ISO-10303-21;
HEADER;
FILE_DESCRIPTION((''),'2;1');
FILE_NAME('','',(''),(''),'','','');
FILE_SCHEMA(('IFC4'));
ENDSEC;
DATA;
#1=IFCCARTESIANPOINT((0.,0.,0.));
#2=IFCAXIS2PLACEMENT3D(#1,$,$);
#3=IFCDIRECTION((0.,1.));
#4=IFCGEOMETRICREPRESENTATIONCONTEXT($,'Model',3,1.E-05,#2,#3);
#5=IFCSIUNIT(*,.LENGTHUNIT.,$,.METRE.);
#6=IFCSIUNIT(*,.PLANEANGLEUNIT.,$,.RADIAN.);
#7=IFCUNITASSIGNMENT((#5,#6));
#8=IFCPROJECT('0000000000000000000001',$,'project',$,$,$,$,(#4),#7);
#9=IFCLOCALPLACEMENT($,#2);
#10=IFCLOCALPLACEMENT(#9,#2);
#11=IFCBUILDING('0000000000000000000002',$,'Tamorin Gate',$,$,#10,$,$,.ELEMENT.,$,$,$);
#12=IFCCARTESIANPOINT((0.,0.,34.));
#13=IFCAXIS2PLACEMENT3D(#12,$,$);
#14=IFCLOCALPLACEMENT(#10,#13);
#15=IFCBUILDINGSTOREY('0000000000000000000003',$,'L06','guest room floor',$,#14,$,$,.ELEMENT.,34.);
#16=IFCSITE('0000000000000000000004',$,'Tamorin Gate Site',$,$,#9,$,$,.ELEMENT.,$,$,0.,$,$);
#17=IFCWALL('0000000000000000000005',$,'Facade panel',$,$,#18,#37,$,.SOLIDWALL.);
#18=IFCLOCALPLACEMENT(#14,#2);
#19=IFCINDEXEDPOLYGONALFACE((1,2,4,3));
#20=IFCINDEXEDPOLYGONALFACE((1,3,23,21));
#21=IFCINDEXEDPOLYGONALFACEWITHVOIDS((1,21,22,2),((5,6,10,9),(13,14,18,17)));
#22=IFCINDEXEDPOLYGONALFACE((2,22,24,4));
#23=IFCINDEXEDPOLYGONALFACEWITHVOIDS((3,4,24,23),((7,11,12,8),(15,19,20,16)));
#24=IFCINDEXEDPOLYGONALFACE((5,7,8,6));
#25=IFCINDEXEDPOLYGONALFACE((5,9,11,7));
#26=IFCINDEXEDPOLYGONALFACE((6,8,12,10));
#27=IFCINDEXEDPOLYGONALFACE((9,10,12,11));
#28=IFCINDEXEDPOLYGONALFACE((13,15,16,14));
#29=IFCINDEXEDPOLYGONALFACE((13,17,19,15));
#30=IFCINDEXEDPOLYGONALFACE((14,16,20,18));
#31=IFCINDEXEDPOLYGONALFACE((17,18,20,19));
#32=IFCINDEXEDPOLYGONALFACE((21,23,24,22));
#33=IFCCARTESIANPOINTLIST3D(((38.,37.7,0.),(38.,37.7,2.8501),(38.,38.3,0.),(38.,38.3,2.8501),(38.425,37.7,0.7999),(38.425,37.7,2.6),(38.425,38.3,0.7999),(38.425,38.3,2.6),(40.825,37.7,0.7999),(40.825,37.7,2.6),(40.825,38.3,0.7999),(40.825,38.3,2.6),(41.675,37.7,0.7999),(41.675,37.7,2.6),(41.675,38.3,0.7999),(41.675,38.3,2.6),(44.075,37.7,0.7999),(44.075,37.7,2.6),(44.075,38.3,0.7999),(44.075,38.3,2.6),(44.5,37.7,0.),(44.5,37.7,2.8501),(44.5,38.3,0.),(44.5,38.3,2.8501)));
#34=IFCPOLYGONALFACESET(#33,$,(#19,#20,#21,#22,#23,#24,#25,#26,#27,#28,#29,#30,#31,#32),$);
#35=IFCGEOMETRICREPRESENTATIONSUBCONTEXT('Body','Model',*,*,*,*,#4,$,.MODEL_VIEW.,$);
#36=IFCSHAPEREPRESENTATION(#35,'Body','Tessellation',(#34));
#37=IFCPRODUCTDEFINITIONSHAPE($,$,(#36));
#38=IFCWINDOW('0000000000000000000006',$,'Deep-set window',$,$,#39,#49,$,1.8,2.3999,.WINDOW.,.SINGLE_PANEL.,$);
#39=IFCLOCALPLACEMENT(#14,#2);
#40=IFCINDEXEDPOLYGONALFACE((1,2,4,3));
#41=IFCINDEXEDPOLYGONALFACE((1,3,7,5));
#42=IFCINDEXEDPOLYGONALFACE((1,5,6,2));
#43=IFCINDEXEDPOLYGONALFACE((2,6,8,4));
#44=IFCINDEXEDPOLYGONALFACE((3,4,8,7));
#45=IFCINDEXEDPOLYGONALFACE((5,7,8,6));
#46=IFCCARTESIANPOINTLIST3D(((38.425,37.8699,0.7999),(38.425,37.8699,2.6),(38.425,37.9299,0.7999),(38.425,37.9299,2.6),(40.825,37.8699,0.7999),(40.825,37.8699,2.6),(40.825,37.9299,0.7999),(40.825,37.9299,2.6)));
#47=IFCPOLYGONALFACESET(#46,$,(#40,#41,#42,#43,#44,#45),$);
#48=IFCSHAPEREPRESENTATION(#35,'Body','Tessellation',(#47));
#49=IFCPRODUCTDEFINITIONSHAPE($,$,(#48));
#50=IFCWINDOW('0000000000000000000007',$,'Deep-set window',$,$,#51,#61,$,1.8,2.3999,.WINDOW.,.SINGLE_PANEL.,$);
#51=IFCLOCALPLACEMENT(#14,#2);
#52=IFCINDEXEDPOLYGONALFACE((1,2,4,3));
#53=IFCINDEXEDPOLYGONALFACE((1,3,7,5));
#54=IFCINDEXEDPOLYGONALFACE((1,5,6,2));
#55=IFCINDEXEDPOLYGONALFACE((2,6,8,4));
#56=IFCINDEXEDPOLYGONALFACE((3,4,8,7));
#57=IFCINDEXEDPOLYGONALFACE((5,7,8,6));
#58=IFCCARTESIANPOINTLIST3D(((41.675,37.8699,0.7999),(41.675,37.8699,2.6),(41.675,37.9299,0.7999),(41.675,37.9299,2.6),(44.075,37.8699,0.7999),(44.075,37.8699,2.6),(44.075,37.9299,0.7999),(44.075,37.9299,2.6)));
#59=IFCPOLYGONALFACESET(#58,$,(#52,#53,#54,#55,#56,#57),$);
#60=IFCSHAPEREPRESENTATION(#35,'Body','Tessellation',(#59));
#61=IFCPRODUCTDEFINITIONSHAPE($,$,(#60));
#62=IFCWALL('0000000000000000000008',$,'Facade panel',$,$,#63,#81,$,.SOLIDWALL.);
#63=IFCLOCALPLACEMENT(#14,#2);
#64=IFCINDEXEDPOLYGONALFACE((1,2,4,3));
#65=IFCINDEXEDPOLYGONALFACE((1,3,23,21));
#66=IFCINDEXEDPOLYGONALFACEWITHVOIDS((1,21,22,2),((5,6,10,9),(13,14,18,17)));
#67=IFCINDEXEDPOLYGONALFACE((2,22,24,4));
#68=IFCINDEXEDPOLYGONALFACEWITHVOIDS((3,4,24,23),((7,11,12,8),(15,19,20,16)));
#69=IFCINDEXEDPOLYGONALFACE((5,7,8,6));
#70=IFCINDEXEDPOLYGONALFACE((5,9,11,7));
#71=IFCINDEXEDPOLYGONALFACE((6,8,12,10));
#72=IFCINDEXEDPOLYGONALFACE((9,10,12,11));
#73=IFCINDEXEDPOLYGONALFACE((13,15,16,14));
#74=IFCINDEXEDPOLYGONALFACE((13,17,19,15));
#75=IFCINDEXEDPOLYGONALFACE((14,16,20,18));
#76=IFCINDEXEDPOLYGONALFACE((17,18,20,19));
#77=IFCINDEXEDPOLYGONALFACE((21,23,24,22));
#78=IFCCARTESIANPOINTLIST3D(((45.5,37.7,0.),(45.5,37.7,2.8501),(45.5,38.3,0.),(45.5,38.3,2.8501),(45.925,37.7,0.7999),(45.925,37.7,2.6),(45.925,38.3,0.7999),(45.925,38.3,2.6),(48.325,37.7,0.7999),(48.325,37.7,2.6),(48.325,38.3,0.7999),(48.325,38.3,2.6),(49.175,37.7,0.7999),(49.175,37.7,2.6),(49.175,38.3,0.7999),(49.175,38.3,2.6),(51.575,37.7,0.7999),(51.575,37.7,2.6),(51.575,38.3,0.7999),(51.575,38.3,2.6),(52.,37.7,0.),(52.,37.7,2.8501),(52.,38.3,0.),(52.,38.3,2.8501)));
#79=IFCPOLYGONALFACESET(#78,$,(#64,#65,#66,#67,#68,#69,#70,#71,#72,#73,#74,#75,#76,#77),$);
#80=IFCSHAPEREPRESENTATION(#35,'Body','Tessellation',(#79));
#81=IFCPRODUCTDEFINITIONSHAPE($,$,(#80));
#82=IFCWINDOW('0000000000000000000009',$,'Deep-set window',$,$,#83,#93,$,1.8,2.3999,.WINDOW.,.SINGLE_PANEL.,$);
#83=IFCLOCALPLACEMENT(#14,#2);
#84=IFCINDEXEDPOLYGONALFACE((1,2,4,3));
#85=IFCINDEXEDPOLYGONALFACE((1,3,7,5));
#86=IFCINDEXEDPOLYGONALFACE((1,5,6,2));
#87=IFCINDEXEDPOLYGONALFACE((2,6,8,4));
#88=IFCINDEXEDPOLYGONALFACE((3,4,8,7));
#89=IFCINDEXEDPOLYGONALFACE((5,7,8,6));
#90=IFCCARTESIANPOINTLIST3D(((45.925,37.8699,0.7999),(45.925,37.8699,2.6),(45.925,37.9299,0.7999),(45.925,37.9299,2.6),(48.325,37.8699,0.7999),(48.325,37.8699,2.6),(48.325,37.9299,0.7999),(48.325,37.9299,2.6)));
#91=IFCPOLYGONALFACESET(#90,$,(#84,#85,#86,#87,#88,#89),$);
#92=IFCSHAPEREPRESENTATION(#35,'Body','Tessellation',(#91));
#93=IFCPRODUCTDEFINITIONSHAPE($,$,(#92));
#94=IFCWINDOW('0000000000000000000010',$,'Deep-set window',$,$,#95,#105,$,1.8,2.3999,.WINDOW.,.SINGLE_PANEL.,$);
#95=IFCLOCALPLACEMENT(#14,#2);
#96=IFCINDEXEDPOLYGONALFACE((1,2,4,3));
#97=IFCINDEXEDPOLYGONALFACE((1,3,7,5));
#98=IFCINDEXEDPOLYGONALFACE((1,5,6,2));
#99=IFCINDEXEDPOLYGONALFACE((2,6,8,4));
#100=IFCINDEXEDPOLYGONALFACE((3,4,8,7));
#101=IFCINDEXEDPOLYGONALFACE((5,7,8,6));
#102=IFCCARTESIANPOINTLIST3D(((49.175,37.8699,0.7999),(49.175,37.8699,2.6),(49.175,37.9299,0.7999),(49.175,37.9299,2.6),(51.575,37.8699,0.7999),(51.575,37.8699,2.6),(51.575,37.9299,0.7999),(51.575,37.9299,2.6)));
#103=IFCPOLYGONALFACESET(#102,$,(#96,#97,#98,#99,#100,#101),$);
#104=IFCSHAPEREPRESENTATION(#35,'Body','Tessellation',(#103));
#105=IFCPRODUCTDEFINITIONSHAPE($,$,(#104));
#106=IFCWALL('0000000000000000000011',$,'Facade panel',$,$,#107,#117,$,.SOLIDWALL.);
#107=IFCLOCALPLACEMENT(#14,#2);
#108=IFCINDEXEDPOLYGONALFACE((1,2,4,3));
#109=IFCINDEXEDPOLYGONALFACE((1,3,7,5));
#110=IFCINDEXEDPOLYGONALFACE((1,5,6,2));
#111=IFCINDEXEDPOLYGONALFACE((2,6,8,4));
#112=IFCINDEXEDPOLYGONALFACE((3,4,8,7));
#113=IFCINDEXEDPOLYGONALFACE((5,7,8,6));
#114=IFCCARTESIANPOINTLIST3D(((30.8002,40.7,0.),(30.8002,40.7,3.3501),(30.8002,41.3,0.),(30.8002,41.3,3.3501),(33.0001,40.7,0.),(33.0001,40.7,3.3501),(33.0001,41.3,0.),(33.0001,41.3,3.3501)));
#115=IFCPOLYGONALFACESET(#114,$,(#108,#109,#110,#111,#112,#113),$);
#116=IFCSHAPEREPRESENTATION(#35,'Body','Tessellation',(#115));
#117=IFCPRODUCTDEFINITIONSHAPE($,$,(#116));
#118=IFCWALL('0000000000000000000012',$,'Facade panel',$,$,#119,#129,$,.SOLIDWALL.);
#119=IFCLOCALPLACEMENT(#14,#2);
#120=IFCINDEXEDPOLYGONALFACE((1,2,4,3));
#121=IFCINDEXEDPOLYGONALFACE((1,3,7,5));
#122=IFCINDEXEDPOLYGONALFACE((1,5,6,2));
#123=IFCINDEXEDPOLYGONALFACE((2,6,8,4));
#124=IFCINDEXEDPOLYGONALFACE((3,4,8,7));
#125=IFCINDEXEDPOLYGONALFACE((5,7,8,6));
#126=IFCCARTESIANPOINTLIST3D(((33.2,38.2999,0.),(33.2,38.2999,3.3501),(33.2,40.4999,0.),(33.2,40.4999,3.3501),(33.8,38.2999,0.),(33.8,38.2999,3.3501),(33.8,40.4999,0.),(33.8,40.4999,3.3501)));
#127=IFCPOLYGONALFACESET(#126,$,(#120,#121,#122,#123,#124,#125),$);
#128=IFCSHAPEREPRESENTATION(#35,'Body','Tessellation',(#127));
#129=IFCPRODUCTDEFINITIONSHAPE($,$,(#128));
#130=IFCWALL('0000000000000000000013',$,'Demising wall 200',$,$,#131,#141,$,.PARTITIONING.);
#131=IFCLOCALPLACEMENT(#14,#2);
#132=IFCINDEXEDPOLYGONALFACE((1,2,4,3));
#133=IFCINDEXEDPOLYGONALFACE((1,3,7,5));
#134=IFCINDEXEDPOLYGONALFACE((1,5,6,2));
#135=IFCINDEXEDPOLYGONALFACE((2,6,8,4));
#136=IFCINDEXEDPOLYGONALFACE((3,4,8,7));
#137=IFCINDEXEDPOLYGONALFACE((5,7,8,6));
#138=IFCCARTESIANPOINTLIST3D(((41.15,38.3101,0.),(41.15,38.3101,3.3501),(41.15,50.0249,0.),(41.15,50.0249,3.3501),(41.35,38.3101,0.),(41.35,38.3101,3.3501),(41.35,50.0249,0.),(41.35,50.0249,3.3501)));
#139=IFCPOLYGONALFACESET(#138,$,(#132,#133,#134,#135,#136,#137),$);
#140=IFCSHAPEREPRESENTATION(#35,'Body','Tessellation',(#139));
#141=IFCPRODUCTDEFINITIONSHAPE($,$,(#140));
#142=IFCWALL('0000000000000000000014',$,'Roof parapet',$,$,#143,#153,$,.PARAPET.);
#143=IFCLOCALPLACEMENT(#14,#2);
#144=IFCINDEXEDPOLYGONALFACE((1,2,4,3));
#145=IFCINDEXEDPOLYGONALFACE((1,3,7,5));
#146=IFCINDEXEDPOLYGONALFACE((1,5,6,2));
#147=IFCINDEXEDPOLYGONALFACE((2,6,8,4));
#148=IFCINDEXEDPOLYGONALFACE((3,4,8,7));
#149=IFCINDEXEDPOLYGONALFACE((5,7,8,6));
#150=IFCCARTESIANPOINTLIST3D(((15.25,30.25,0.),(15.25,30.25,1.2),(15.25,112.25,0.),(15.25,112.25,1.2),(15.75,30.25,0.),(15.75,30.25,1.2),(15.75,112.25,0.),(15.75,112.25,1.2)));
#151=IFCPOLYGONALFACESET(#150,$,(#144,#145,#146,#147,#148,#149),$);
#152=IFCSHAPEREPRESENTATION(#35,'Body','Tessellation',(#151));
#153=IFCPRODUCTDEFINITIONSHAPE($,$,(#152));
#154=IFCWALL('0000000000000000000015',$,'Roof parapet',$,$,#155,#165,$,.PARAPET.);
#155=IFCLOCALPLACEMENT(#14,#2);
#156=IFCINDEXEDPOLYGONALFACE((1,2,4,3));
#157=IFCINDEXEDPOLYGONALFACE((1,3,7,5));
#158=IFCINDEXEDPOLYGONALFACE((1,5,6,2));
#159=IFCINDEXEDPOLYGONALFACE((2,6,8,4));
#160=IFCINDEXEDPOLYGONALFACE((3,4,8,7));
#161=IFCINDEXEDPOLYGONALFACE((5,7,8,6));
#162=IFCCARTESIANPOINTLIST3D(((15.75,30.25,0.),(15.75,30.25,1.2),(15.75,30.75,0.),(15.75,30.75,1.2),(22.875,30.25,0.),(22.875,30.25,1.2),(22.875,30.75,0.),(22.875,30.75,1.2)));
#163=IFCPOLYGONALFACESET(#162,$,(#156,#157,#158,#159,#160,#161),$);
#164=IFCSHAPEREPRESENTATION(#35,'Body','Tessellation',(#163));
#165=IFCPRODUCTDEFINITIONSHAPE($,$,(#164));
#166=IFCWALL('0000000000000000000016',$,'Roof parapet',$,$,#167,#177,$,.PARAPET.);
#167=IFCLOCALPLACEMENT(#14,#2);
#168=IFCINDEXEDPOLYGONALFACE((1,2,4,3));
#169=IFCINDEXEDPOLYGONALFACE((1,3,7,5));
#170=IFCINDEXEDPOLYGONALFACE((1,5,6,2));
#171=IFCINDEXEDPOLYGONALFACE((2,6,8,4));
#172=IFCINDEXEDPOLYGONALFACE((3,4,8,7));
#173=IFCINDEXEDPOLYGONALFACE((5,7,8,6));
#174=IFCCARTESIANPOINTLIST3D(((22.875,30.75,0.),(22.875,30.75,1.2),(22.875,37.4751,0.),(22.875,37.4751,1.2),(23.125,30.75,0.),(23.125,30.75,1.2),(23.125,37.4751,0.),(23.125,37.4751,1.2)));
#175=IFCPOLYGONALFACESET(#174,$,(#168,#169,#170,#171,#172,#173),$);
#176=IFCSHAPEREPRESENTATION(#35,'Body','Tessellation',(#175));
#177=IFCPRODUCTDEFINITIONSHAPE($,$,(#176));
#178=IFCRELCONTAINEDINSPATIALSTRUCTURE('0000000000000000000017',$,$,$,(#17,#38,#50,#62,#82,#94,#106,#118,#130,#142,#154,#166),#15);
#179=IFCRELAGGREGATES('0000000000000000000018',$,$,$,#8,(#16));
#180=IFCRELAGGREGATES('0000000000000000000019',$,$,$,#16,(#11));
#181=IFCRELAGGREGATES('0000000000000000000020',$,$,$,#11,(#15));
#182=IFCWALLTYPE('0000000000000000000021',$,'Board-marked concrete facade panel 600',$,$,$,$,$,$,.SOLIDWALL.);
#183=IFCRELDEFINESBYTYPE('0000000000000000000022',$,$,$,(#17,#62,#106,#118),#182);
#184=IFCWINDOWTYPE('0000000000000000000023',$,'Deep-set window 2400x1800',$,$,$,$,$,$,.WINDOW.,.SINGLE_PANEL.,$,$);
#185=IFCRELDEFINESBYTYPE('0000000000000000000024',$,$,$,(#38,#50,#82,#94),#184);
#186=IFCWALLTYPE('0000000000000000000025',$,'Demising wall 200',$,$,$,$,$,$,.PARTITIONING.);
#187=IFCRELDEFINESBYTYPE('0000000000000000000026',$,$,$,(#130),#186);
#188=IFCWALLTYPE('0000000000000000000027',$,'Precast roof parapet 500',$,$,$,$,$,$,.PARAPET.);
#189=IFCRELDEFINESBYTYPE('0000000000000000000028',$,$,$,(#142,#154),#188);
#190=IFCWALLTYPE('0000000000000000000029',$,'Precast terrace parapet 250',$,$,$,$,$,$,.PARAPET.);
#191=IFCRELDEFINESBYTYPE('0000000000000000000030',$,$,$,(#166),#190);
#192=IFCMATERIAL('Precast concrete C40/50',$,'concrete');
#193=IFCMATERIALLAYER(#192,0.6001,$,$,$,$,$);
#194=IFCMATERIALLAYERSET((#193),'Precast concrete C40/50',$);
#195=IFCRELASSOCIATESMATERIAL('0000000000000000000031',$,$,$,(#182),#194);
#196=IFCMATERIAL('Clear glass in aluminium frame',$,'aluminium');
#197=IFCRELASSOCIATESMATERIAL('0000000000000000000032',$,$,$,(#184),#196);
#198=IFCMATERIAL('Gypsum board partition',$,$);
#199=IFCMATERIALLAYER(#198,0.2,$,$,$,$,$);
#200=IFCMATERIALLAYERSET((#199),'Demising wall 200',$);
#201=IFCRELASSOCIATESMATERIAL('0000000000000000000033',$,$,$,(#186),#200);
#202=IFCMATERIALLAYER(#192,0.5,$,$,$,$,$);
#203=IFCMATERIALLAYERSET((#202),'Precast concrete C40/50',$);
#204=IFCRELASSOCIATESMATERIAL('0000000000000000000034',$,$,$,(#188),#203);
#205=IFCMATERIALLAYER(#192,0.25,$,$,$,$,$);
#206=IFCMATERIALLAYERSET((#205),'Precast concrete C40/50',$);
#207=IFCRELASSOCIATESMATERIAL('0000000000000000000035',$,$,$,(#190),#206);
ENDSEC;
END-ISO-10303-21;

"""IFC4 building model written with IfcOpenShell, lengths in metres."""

from ifc_helpers import new_model, si_unit, direction, frame, frame_2d, origin, place, context, subcontext, project, spatial, rectangle, extrude, material, layer, layer_set, type_object, element, fill, save


model = new_model("IFC4")

# Units and contexts
model_context = context("Model", 3, precision=1e-05, world=origin(), true_north=direction((0.0, 1.0)))
body_context = subcontext(model_context, "Body", "Model", "MODEL_VIEW")
ifc_project = project(units=[si_unit("LENGTHUNIT", "METRE"), si_unit("PLANEANGLEUNIT", "RADIAN")], contexts=[model_context])

# Site, building, storey
site_placement = place(None, origin())
site = spatial("IfcSite", under=ifc_project, at=site_placement, Name="Tamorin Gate Site", CompositionType="ELEMENT", RefElevation=0.0)
building_placement = place(site_placement, origin())
building = spatial("IfcBuilding", under=site, at=building_placement, Name="Tamorin Gate", CompositionType="ELEMENT")
storey_placement = place(building_placement, frame((0.0, 0.0, 34.0)))
storey = spatial("IfcBuildingStorey", under=building, at=storey_placement, Name="L06", Description="guest room floor", CompositionType="ELEMENT", Elevation=34.0)

# Shared definitions
ifc_material_1 = material(Name="Precast concrete C40/50", Category="concrete")
ifc_layer_1 = layer(ifc_material_1, 0.6001)
ifc_layer_set_1 = layer_set([ifc_layer_1], Name="Precast concrete C40/50")
wall_type_1 = type_object("IfcWallType", Name="Board-marked concrete facade panel 600", PredefinedType="SOLIDWALL", material=ifc_layer_set_1)
ifc_material_2 = material(Name="Clear glass in aluminium frame", Category="aluminium")
window_type = type_object("IfcWindowType", Name="Deep-set window 2400x1800", PartitioningType="SINGLE_PANEL", PredefinedType="WINDOW", material=ifc_material_2)

# Walls, openings, windows
wall_1_placement = place(storey_placement, frame((38.0, 38.0, 0.0), z_axis=(0.0, 0.0, 1.0), x_axis=(1.0, 0.0, 0.0)))
wall_1 = element("IfcWall", 1, at=wall_1_placement, inside=storey, type_object=wall_type_1, Name="Facade panel", PredefinedType="SOLIDWALL", context=body_context, shape_type="SweptSolid", body=[
    extrude(rectangle(XDim=6.5, YDim=0.6001, at=frame_2d((3.25, 0.0))), origin(), (0.0, 0.0, 1.0), 2.8501),
])
opening_1_placement = place(wall_1_placement, frame((0.425, 0.0, 0.8)))
opening_1 = element("IfcOpeningElement", 2, at=opening_1_placement, cuts=wall_1, PredefinedType="OPENING", context=body_context, shape_type="SweptSolid", body=[
    extrude(rectangle(XDim=2.3999, YDim=1.8, at=frame_2d((1.2, 0.8999))), frame((0.0, 0.3101, 0.0), z_axis=(0.0, -1.0, 0.0), x_axis=(1.0, 0.0, 0.0)), (0.0, 0.0, 1.0), 0.6201),
])
opening_2_placement = place(wall_1_placement, frame((3.675, 0.0, 0.8)))
opening_2 = element("IfcOpeningElement", 3, at=opening_2_placement, cuts=wall_1, PredefinedType="OPENING", context=body_context, shape_type="SweptSolid", body=[
    extrude(rectangle(XDim=2.3999, YDim=1.8, at=frame_2d((1.2, 0.8999))), frame((0.0, 0.3101, 0.0), z_axis=(0.0, -1.0, 0.0), x_axis=(1.0, 0.0, 0.0)), (0.0, 0.0, 1.0), 0.6201),
])
window_1_placement = place(opening_1_placement, origin())
window_1 = element("IfcWindow", 4, at=window_1_placement, inside=storey, type_object=window_type, Name="Deep-set window", OverallHeight=1.8, OverallWidth=2.3999, PartitioningType="SINGLE_PANEL", PredefinedType="WINDOW", context=body_context, shape_type="SweptSolid", body=[
    extrude(rectangle(XDim=2.3999, YDim=1.8, at=frame_2d((1.2, 0.8999))), frame((0.0, -0.0701, 0.0), z_axis=(0.0, -1.0, 0.0), x_axis=(1.0, 0.0, 0.0)), (0.0, 0.0, 1.0), 0.0601),
])
fill(opening_1, window_1)
window_2_placement = place(opening_2_placement, origin())
window_2 = element("IfcWindow", 5, at=window_2_placement, inside=storey, type_object=window_type, Name="Deep-set window", OverallHeight=1.8, OverallWidth=2.3999, PartitioningType="SINGLE_PANEL", PredefinedType="WINDOW", context=body_context, shape_type="SweptSolid", body=[
    extrude(rectangle(XDim=2.3999, YDim=1.8, at=frame_2d((1.2, 0.8999))), frame((0.0, -0.0701, 0.0), z_axis=(0.0, -1.0, 0.0), x_axis=(1.0, 0.0, 0.0)), (0.0, 0.0, 1.0), 0.0601),
])
fill(opening_2, window_2)
wall_2_placement = place(storey_placement, frame((45.5, 38.0, 0.0), z_axis=(0.0, 0.0, 1.0), x_axis=(1.0, 0.0, 0.0)))
wall_2 = element("IfcWall", 6, at=wall_2_placement, inside=storey, type_object=wall_type_1, Name="Facade panel", PredefinedType="SOLIDWALL", context=body_context, shape_type="SweptSolid", body=[
    extrude(rectangle(XDim=6.5, YDim=0.6001, at=frame_2d((3.25, 0.0))), origin(), (0.0, 0.0, 1.0), 2.8501),
])
opening_3_placement = place(wall_2_placement, frame((0.425, 0.0, 0.8)))
opening_3 = element("IfcOpeningElement", 7, at=opening_3_placement, cuts=wall_2, PredefinedType="OPENING", context=body_context, shape_type="SweptSolid", body=[
    extrude(rectangle(XDim=2.3999, YDim=1.8, at=frame_2d((1.2, 0.8999))), frame((0.0, 0.3101, 0.0), z_axis=(0.0, -1.0, 0.0), x_axis=(1.0, 0.0, 0.0)), (0.0, 0.0, 1.0), 0.6201),
])
opening_4_placement = place(wall_2_placement, frame((3.675, 0.0, 0.8)))
opening_4 = element("IfcOpeningElement", 8, at=opening_4_placement, cuts=wall_2, PredefinedType="OPENING", context=body_context, shape_type="SweptSolid", body=[
    extrude(rectangle(XDim=2.3999, YDim=1.8, at=frame_2d((1.2, 0.8999))), frame((0.0, 0.3101, 0.0), z_axis=(0.0, -1.0, 0.0), x_axis=(1.0, 0.0, 0.0)), (0.0, 0.0, 1.0), 0.6201),
])
window_3_placement = place(opening_3_placement, origin())
window_3 = element("IfcWindow", 9, at=window_3_placement, inside=storey, type_object=window_type, Name="Deep-set window", OverallHeight=1.8, OverallWidth=2.3999, PartitioningType="SINGLE_PANEL", PredefinedType="WINDOW", context=body_context, shape_type="SweptSolid", body=[
    extrude(rectangle(XDim=2.3999, YDim=1.8, at=frame_2d((1.2, 0.8999))), frame((0.0, -0.0701, 0.0), z_axis=(0.0, -1.0, 0.0), x_axis=(1.0, 0.0, 0.0)), (0.0, 0.0, 1.0), 0.0601),
])
fill(opening_3, window_3)
window_4_placement = place(opening_4_placement, origin())
window_4 = element("IfcWindow", 10, at=window_4_placement, inside=storey, type_object=window_type, Name="Deep-set window", OverallHeight=1.8, OverallWidth=2.3999, PartitioningType="SINGLE_PANEL", PredefinedType="WINDOW", context=body_context, shape_type="SweptSolid", body=[
    extrude(rectangle(XDim=2.3999, YDim=1.8, at=frame_2d((1.2, 0.8999))), frame((0.0, -0.0701, 0.0), z_axis=(0.0, -1.0, 0.0), x_axis=(1.0, 0.0, 0.0)), (0.0, 0.0, 1.0), 0.0601),
])
fill(opening_4, window_4)

# Walls
for number, where, z_axis, x_axis, name in (
    (11, (30.8, 41.0, 0.0), (0.0, 0.0, 1.0), (1.0, 0.0, 0.0), "Facade panel"),
    (12, (33.5, 40.5, 0.0), (0.0, 0.0, 1.0), (0.0, -1.0, 0.0), "Facade panel"),
):
    element("IfcWall", number, at=place(storey_placement, frame(where, z_axis=z_axis, x_axis=x_axis)), inside=storey, type_object=wall_type_1, Name=name, PredefinedType="SOLIDWALL", context=body_context, shape_type="SweptSolid", body=[
        extrude(rectangle(XDim=2.2, YDim=0.6001, at=frame_2d((1.1001, 0.0))), origin(), (0.0, 0.0, 1.0), 3.3501),
    ])
ifc_material_3 = material(Name="Gypsum board partition")
ifc_layer_2 = layer(ifc_material_3, 0.2)
ifc_layer_set_2 = layer_set([ifc_layer_2], Name="Demising wall 200")
wall_type_2 = type_object("IfcWallType", Name="Demising wall 200", PredefinedType="PARTITIONING", material=ifc_layer_set_2)
wall_3_placement = place(storey_placement, frame((41.25, 38.3101, 0.0), z_axis=(0.0, 0.0, 1.0), x_axis=(0.0, 1.0, 0.0)))
element("IfcWall", 13, at=wall_3_placement, inside=storey, type_object=wall_type_2, Name="Demising wall 200", PredefinedType="PARTITIONING", context=body_context, shape_type="SweptSolid", body=[
    extrude(rectangle(XDim=11.7148, YDim=0.2, at=frame_2d((5.8574, 0.0))), origin(), (0.0, 0.0, 1.0), 3.3501),
])
ifc_layer_3 = layer(ifc_material_1, 0.5)
ifc_layer_set_3 = layer_set([ifc_layer_3], Name="Precast concrete C40/50")
wall_type_3 = type_object("IfcWallType", Name="Precast roof parapet 500", PredefinedType="PARAPET", material=ifc_layer_set_3)
wall_4_placement = place(storey_placement, frame((15.5, 30.25, 0.0), z_axis=(0.0, 0.0, 1.0), x_axis=(0.0, 1.0, 0.0)))
element("IfcWall", 14, at=wall_4_placement, inside=storey, type_object=wall_type_3, Name="Roof parapet", PredefinedType="PARAPET", context=body_context, shape_type="SweptSolid", body=[
    extrude(rectangle(XDim=82.0, YDim=0.5, at=frame_2d((41.0, 0.0))), origin(), (0.0, 0.0, 1.0), 1.2),
])
wall_5_placement = place(storey_placement, frame((15.75, 30.5, 0.0), z_axis=(0.0, 0.0, 1.0), x_axis=(1.0, 0.0, 0.0)))
element("IfcWall", 15, at=wall_5_placement, inside=storey, type_object=wall_type_3, Name="Roof parapet", PredefinedType="PARAPET", context=body_context, shape_type="SweptSolid", body=[
    extrude(rectangle(XDim=7.125, YDim=0.5, at=frame_2d((3.5625, 0.0))), origin(), (0.0, 0.0, 1.0), 1.2),
])
ifc_layer_4 = layer(ifc_material_1, 0.25)
ifc_layer_set_4 = layer_set([ifc_layer_4], Name="Precast concrete C40/50")
wall_type_4 = type_object("IfcWallType", Name="Precast terrace parapet 250", PredefinedType="PARAPET", material=ifc_layer_set_4)
wall_6_placement = place(storey_placement, frame((23.0, 30.75, 0.0), z_axis=(0.0, 0.0, 1.0), x_axis=(0.0, 1.0, 0.0)))
element("IfcWall", 16, at=wall_6_placement, inside=storey, type_object=wall_type_4, Name="Roof parapet", PredefinedType="PARAPET", context=body_context, shape_type="SweptSolid", body=[
    extrude(rectangle(XDim=6.7251, YDim=0.25, at=frame_2d((3.3625, 0.0))), origin(), (0.0, 0.0, 1.0), 1.2),
])

save(model, "model.ifc")
